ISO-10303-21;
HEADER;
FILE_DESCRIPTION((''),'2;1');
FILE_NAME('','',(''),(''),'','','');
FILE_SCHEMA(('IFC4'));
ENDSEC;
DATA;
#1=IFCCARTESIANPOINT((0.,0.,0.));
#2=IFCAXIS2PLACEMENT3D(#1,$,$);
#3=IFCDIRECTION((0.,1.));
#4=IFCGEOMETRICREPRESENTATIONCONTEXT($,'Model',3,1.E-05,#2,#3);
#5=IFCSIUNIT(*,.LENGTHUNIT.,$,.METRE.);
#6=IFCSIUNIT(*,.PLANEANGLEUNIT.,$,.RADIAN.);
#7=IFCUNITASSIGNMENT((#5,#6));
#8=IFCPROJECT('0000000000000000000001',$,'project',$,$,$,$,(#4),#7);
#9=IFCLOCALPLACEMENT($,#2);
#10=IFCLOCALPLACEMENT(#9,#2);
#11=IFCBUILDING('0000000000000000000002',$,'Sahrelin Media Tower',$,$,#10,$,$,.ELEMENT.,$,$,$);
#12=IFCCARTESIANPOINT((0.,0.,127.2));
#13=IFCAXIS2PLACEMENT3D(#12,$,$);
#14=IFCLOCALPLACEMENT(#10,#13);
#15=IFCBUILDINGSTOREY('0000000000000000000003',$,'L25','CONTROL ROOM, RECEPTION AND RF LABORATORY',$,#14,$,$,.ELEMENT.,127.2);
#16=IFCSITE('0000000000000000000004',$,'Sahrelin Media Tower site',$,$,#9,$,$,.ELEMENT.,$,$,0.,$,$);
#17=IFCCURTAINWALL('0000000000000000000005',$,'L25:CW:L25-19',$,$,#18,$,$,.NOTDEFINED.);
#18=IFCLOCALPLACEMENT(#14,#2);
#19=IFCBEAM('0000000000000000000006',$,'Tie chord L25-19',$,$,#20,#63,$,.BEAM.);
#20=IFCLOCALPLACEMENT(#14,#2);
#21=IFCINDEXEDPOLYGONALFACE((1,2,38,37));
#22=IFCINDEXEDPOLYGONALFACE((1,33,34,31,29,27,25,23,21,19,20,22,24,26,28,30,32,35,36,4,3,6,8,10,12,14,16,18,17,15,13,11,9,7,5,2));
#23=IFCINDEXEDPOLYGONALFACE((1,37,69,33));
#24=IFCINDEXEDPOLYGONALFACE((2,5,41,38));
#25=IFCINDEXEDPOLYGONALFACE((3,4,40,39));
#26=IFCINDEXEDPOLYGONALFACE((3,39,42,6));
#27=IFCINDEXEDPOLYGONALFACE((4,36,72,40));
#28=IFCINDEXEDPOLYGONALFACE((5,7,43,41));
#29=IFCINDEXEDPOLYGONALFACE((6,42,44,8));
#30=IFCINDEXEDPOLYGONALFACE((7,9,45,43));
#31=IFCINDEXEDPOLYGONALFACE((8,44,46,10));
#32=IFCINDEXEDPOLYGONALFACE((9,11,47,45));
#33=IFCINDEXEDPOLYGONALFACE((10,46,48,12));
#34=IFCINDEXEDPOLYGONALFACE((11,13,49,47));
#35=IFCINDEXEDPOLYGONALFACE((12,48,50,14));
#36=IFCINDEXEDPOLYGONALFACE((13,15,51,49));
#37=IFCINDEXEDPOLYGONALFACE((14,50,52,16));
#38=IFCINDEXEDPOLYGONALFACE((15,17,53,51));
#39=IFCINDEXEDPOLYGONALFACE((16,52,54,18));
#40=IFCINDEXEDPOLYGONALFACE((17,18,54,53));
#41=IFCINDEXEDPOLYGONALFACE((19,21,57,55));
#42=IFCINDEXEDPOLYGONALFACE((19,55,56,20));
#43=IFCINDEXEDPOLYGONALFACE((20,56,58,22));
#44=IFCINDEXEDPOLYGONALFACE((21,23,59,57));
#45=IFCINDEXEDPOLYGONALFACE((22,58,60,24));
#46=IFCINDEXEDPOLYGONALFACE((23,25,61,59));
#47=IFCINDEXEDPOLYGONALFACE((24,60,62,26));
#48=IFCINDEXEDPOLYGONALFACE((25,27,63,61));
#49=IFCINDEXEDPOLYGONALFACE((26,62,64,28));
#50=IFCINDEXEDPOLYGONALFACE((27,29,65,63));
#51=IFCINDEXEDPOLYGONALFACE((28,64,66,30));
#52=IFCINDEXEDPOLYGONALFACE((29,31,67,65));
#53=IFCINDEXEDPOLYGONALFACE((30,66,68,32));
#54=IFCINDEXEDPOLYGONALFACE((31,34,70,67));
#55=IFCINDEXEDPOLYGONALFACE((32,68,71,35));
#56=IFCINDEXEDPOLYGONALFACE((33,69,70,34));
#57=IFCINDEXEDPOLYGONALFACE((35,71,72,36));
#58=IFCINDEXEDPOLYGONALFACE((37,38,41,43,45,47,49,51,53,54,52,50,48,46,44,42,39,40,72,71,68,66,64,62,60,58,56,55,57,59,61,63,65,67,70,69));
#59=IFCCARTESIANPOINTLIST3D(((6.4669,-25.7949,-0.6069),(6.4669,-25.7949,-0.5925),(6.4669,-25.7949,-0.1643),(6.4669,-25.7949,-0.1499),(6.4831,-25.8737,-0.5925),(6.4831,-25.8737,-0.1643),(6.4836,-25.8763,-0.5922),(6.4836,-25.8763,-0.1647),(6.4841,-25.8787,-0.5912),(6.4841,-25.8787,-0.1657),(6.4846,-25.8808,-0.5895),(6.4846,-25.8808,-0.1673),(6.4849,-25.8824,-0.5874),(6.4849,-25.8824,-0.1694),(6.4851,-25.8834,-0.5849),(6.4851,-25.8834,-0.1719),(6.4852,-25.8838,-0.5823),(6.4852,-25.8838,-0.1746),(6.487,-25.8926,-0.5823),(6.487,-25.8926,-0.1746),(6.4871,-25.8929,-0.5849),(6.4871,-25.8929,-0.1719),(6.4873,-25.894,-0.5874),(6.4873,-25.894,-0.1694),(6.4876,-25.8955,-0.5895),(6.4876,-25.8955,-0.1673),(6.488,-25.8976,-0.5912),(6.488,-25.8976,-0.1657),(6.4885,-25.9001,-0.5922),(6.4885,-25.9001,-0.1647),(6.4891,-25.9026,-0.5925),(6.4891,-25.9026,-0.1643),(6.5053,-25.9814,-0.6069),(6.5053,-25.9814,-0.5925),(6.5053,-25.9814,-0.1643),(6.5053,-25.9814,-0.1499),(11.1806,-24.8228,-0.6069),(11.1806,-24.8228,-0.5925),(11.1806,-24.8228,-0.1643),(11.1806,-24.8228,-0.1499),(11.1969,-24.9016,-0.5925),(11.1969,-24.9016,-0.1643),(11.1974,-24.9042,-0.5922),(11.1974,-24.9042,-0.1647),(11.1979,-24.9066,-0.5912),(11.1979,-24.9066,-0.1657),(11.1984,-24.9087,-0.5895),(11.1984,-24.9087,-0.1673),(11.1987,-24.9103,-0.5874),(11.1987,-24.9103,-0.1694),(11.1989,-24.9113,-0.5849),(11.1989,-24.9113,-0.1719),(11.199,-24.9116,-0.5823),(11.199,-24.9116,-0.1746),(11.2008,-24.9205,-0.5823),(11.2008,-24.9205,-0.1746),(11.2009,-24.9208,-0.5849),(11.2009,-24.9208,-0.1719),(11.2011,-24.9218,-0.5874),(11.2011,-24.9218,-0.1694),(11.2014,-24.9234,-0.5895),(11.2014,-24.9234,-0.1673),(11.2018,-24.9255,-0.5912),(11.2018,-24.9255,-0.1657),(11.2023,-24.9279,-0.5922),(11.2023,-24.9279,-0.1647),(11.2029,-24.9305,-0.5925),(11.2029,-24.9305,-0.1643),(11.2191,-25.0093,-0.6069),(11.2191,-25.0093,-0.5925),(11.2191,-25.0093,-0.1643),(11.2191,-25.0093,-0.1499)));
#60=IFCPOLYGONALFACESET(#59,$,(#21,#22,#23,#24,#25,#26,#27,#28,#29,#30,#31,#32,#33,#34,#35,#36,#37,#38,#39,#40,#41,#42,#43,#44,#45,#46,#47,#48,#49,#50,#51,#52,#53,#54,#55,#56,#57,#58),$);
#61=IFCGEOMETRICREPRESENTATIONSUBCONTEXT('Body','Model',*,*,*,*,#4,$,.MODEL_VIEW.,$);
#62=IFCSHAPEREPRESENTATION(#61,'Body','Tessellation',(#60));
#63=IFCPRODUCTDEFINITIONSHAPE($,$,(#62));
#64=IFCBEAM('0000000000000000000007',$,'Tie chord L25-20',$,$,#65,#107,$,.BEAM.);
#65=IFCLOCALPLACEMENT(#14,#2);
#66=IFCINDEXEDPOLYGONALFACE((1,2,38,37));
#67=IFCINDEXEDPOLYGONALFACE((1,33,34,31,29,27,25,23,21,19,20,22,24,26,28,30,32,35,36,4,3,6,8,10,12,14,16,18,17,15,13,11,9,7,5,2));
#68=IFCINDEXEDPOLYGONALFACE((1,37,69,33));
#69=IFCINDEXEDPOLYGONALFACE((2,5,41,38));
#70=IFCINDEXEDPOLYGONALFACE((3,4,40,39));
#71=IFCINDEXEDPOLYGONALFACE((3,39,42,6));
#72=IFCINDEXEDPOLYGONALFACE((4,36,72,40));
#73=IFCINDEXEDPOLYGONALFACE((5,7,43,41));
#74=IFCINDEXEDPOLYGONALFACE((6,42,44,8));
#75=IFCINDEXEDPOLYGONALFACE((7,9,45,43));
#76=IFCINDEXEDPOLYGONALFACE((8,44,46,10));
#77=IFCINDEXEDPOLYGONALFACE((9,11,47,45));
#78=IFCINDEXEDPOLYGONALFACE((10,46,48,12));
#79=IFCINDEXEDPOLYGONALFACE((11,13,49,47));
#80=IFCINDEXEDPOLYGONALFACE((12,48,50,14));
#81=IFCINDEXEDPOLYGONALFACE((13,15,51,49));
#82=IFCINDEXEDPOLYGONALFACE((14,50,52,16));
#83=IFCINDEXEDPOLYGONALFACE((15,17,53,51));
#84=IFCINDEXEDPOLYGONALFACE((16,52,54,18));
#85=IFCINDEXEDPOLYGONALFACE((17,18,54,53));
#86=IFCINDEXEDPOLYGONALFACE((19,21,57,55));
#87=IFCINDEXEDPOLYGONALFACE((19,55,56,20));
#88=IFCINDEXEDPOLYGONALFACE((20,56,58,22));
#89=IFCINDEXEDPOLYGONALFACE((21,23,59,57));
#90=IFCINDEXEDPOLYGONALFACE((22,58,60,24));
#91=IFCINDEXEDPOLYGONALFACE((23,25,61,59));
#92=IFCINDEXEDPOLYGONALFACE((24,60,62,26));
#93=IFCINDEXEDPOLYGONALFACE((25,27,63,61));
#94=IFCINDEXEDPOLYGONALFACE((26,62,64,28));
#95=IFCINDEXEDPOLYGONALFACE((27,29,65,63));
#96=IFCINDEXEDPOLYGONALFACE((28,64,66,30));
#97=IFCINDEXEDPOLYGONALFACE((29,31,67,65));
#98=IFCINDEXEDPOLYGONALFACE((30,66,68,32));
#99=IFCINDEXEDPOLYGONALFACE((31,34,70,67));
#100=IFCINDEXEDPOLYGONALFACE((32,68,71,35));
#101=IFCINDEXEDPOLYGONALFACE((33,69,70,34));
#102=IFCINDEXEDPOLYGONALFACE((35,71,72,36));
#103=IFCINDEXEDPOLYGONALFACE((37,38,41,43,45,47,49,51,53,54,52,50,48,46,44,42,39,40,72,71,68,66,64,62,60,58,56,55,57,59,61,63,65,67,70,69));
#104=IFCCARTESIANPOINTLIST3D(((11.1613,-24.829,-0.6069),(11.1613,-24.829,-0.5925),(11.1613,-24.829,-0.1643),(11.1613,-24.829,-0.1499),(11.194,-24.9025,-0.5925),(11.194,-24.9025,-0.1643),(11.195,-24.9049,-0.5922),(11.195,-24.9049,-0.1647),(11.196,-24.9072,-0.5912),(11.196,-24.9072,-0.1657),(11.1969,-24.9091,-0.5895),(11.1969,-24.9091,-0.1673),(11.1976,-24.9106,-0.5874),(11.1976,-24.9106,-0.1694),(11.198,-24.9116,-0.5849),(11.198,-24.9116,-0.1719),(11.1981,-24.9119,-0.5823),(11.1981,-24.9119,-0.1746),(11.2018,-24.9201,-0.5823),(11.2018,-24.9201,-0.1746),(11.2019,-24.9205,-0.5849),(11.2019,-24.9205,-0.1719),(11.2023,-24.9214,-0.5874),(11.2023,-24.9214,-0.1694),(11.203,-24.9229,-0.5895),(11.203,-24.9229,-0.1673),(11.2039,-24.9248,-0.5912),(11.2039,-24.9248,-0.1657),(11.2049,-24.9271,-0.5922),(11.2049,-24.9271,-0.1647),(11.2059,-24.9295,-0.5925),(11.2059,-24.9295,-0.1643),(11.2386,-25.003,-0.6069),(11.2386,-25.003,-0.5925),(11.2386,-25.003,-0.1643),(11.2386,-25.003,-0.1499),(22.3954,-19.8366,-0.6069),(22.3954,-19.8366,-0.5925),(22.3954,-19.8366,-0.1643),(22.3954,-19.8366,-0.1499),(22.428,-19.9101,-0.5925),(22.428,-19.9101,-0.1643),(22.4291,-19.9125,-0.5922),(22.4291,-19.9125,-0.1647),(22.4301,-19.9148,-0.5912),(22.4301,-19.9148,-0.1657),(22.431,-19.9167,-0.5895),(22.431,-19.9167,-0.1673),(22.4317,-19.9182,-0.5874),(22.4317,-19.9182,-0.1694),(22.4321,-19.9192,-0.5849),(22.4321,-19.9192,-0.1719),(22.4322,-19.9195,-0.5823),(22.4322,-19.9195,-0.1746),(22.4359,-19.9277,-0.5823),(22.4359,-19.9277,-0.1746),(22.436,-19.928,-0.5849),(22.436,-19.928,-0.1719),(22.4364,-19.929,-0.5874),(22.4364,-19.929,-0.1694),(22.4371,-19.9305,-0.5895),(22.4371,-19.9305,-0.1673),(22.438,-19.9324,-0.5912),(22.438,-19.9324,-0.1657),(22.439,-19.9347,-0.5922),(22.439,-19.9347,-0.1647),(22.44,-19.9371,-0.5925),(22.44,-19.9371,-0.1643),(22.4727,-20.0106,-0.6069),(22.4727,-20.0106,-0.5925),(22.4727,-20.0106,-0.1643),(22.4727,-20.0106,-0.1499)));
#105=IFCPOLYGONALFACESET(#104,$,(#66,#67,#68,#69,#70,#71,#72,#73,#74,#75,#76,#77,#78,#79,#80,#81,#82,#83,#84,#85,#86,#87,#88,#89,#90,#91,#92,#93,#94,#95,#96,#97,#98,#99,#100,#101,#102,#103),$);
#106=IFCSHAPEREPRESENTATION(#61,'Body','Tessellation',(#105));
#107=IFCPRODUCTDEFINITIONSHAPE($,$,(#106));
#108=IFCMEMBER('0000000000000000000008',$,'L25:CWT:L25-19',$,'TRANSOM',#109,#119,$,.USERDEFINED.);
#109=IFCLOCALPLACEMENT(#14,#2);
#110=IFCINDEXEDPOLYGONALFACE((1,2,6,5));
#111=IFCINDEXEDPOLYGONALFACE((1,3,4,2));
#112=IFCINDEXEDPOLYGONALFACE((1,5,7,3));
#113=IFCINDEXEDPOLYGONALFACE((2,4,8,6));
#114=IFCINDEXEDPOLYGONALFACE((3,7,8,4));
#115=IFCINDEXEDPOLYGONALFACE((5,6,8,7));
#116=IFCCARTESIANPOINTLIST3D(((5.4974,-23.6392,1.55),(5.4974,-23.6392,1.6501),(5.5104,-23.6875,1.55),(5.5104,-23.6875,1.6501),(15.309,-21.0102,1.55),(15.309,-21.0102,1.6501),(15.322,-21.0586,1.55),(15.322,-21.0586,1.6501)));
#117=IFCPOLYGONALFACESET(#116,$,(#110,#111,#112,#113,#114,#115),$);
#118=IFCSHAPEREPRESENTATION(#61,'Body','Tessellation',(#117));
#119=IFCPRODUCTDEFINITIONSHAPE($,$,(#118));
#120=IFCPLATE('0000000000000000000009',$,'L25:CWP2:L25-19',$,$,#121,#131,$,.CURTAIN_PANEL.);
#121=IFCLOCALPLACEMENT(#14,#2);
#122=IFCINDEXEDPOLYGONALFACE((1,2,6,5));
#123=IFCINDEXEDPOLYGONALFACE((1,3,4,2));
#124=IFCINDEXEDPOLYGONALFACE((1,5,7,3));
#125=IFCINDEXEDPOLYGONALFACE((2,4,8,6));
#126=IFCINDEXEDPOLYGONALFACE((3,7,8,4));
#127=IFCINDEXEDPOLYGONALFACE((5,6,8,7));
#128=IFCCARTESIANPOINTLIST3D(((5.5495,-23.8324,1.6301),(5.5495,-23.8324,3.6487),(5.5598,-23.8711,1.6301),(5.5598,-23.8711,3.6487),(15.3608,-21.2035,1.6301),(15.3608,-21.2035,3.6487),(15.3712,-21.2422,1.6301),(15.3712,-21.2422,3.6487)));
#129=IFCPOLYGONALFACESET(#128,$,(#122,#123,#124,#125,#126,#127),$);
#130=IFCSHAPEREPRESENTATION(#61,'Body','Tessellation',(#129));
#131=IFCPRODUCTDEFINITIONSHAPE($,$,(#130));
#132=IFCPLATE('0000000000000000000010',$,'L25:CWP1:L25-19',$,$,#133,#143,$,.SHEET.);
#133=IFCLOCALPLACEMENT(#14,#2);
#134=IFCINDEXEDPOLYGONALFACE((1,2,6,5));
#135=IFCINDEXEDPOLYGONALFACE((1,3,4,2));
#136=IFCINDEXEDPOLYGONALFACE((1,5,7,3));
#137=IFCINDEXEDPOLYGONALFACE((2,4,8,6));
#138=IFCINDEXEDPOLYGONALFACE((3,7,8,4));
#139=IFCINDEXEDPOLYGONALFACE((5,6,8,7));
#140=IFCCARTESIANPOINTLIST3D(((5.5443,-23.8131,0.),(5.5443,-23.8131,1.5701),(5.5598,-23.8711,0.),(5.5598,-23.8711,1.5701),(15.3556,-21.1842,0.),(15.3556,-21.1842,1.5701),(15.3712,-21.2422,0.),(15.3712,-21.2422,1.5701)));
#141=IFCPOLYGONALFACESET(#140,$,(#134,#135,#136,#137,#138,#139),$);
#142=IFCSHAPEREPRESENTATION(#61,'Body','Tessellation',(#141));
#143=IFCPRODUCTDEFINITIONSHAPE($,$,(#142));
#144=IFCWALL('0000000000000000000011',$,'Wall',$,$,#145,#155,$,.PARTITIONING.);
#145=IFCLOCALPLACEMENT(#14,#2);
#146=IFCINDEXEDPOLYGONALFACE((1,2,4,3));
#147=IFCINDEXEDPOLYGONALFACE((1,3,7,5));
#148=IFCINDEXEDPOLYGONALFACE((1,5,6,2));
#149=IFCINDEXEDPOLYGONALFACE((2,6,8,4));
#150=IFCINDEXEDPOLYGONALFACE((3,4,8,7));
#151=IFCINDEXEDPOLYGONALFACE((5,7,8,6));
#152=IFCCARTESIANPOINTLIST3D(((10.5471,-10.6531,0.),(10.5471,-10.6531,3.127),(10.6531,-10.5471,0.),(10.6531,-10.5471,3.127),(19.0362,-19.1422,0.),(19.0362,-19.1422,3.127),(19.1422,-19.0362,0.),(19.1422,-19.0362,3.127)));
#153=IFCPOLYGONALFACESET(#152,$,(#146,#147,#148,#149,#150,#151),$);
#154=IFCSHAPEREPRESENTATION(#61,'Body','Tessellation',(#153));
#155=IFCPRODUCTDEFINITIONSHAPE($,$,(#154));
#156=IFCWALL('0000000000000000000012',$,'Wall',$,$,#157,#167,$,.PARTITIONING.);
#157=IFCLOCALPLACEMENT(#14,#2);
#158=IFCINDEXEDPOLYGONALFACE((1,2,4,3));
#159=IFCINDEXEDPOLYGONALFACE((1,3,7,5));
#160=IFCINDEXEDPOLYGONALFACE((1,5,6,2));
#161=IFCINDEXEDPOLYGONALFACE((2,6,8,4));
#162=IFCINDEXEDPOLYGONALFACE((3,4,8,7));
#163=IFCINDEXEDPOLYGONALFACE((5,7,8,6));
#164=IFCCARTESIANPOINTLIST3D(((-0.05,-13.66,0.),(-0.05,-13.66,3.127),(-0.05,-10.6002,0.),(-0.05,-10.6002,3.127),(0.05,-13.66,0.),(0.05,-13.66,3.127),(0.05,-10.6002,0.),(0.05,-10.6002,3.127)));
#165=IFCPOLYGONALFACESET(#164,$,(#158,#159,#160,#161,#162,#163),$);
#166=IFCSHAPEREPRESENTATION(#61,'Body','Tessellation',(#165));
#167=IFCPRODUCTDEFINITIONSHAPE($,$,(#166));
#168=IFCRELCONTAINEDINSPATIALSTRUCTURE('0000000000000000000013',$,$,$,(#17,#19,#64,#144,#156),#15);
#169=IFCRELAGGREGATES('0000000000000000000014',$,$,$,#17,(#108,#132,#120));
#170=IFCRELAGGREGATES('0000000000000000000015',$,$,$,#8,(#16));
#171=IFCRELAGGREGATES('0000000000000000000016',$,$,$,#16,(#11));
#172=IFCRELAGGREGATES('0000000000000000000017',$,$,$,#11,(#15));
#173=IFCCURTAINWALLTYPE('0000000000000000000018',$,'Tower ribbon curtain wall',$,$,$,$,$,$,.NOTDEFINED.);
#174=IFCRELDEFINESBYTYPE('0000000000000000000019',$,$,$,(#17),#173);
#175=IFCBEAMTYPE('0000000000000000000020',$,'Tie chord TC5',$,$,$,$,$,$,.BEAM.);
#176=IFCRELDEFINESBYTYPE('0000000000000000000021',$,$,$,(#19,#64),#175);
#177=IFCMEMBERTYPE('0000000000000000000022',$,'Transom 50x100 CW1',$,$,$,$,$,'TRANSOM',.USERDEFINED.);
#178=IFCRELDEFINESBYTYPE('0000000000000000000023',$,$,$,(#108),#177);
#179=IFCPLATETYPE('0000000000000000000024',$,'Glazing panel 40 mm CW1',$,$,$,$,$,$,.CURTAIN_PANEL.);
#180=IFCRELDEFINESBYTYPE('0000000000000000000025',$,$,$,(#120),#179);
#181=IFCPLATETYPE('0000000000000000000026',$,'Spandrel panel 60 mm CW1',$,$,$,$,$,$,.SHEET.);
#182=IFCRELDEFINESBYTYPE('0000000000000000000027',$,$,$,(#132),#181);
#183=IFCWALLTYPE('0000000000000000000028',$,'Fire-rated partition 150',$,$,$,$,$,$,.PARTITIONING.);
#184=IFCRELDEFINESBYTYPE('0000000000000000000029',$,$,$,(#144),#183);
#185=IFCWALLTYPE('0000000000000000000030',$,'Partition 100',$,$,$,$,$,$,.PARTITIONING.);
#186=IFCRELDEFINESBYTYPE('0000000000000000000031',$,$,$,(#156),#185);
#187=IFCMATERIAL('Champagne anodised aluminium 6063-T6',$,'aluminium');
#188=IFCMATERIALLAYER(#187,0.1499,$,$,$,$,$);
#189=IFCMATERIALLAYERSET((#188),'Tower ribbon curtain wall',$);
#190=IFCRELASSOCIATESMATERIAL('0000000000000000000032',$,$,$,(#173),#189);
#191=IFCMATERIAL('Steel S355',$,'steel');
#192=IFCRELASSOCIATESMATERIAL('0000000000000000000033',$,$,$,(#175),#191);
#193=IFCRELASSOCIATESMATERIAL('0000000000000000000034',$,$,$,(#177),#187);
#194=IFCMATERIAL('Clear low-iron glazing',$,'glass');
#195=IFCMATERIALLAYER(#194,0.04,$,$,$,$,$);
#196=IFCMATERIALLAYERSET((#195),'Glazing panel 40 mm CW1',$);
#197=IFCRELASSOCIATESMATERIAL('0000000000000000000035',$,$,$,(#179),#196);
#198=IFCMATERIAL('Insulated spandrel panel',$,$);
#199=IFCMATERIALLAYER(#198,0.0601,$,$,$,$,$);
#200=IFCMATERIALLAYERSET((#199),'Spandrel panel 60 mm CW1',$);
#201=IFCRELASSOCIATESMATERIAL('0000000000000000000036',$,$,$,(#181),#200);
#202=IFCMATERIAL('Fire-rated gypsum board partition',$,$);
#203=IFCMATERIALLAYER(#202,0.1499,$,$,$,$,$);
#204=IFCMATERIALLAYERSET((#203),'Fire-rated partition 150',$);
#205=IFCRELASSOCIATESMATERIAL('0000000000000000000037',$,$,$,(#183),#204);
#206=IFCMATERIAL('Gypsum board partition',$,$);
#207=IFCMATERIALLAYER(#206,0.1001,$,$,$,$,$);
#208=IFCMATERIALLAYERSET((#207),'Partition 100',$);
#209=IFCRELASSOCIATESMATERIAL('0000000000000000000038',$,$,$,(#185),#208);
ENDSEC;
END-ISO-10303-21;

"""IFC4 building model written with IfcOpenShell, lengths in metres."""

from ifc_helpers import new_model, si_unit, direction, frame, frame_2d, origin, origin_2d, place, context, subcontext, project, spatial, polyline, rectangle, i_section, outline, extrude, material, layer, layer_set, material_profile, profile_set, type_object, element, aggregate, save


model = new_model("IFC4")

# Units and contexts
model_context = context("Model", 3, precision=1e-05, world=origin(), true_north=direction((0.0, 1.0)))
body_context = subcontext(model_context, "Body", "Model", "MODEL_VIEW")
ifc_project = project(units=[si_unit("LENGTHUNIT", "METRE"), si_unit("PLANEANGLEUNIT", "RADIAN")], contexts=[model_context])

# Site, building, storey
site_placement = place(None, origin())
site = spatial("IfcSite", under=ifc_project, at=site_placement, Name="Sahrelin Media Tower site", CompositionType="ELEMENT", RefElevation=0.0)
building_placement = place(site_placement, origin())
building = spatial("IfcBuilding", under=site, at=building_placement, Name="Sahrelin Media Tower", CompositionType="ELEMENT")
storey_placement = place(building_placement, frame((0.0, 0.0, 127.2)))
storey = spatial("IfcBuildingStorey", under=building, at=storey_placement, Name="L25", Description="CONTROL ROOM, RECEPTION AND RF LABORATORY", CompositionType="ELEMENT", Elevation=127.2)

# Shared definitions
ifc_material_1 = material(Name="Steel S355", Category="steel")

# Curtain wall
ifc_material_2 = material(Name="Champagne anodised aluminium 6063-T6", Category="aluminium")
ifc_layer_1 = layer(ifc_material_2, 0.1499)
ifc_layer_set_1 = layer_set([ifc_layer_1], Name="Tower ribbon curtain wall")
curtain_wall_type = type_object("IfcCurtainWallType", Name="Tower ribbon curtain wall", PredefinedType="NOTDEFINED", material=ifc_layer_set_1)
curtain_wall_1_placement = place(storey_placement, frame((10.4602, -22.5374, 0.0), z_axis=(0.0, 0.0, 1.0), x_axis=(1.0, 0.0, 0.0)))
curtain_wall_1 = element("IfcCurtainWall", 1, at=curtain_wall_1_placement, inside=storey, type_object=curtain_wall_type, Name="L25:CW:L25-19", PredefinedType="NOTDEFINED")

# Beams
ifc_material_profile_1 = material_profile(ifc_material_1, i_section(OverallWidth=0.1904, OverallDepth=0.457, WebThickness=0.009, FlangeThickness=0.0144, FilletRadius=0.0103, at=origin_2d()), Name="UB 457x191x74")
ifc_profile_set_1 = profile_set([ifc_material_profile_1], Name="Steel S355")
beam_type_1 = type_object("IfcBeamType", Name="Tie chord TC5", PredefinedType="BEAM", material=ifc_profile_set_1)
beam_1_placement = place(storey_placement, frame((6.4861, -25.8882, -0.3784), z_axis=(0.979389, 0.201985, 0.0), x_axis=(-0.201985, 0.979389, 0.0)))
element("IfcBeam", 2, at=beam_1_placement, inside=storey, type_object=beam_type_1, Name="Tie chord L25-19", PredefinedType="BEAM", context=body_context, shape_type="SweptSolid", body=[
    extrude(i_section(OverallWidth=0.1904, OverallDepth=0.457, WebThickness=0.009, FlangeThickness=0.0144, FilletRadius=0.0103, at=origin_2d()), origin(), (0.0, 0.0, 1.0), 4.813),
])
beam_2_placement = place(storey_placement, frame((11.2, -24.916, -0.3784), z_axis=(0.913827, 0.406103, 0.0), x_axis=(-0.406103, 0.913827, 0.0)))
element("IfcBeam", 3, at=beam_2_placement, inside=storey, type_object=beam_type_1, Name="Tie chord L25-20", PredefinedType="BEAM", context=body_context, shape_type="SweptSolid", body=[
    extrude(i_section(OverallWidth=0.1904, OverallDepth=0.457, WebThickness=0.009, FlangeThickness=0.0144, FilletRadius=0.0103, at=origin_2d()), origin(), (0.0, 0.0, 1.0), 12.2935),
])

# Member
ifc_material_profile_2 = material_profile(ifc_material_2, rectangle(XDim=0.05, YDim=0.1001, at=origin_2d()), Name="Transom 50x100")
ifc_profile_set_2 = profile_set([ifc_material_profile_2], Name="Champagne anodised aluminium 6063-T6")
member_type_1 = type_object("IfcMemberType", Name="Transom 50x100 CW1", ElementType="TRANSOM", PredefinedType="USERDEFINED", material=ifc_profile_set_2)
member_1_placement = place(storey_placement, frame((5.5039, -23.6633, 1.6001), z_axis=(0.965928, 0.258811, 0.0), x_axis=(-0.258811, 0.965928, 0.0)))
member_1 = element("IfcMember", 4, at=member_1_placement, type_object=member_type_1, Name="L25:CWT:L25-19", ObjectType="TRANSOM", PredefinedType="USERDEFINED", context=body_context, shape_type="SweptSolid", body=[
    extrude(rectangle(XDim=0.05, YDim=0.1001, at=origin_2d()), origin(), (0.0, 0.0, 1.0), 10.1577),
])

# Plates
ifc_material_3 = material(Name="Clear low-iron glazing", Category="glass")
ifc_layer_2 = layer(ifc_material_3, 0.04)
ifc_layer_set_2 = layer_set([ifc_layer_2], Name="Glazing panel 40 mm CW1")
plate_type_1 = type_object("IfcPlateType", Name="Glazing panel 40 mm CW1", PredefinedType="CURTAIN_PANEL", material=ifc_layer_set_2)
plate_1_placement = place(storey_placement, frame((5.5598, -23.8711, 1.6301), z_axis=(0.258817, -0.965926, 0.0), x_axis=(0.965926, 0.258817, 0.0)))
plate_1 = element("IfcPlate", 5, at=plate_1_placement, type_object=plate_type_1, Name="L25:CWP2:L25-19", PredefinedType="CURTAIN_PANEL", context=body_context, shape_type="SweptSolid", body=[
    extrude(outline(polyline([(0.0, 0.0), (10.1575, 0.0), (10.1575, 2.0186), (0.0, 2.0186), (0.0, 0.0)])), origin(), (0.0, 0.0, -1.0), 0.04),
])
ifc_material_4 = material(Name="Insulated spandrel panel")
ifc_layer_3 = layer(ifc_material_4, 0.0601)
ifc_layer_set_3 = layer_set([ifc_layer_3], Name="Spandrel panel 60 mm CW1")
plate_type_2 = type_object("IfcPlateType", Name="Spandrel panel 60 mm CW1", PredefinedType="SHEET", material=ifc_layer_set_3)
plate_2_placement = place(storey_placement, frame((5.5598, -23.8711, 0.0), z_axis=(0.258817, -0.965926, 0.0), x_axis=(0.965926, 0.258817, 0.0)))
plate_2 = element("IfcPlate", 6, at=plate_2_placement, type_object=plate_type_2, Name="L25:CWP1:L25-19", PredefinedType="SHEET", context=body_context, shape_type="SweptSolid", body=[
    extrude(outline(polyline([(0.0, 0.0), (10.1575, 0.0), (10.1575, 1.5701), (0.0, 1.5701), (0.0, 0.0)])), origin(), (0.0, 0.0, -1.0), 0.0601),
])
aggregate(curtain_wall_1, [member_1, plate_2, plate_1])

# Walls
ifc_material_5 = material(Name="Fire-rated gypsum board partition")
ifc_layer_4 = layer(ifc_material_5, 0.1499)
ifc_layer_set_4 = layer_set([ifc_layer_4], Name="Fire-rated partition 150")
wall_type_1 = type_object("IfcWallType", Name="Fire-rated partition 150", PredefinedType="PARTITIONING", material=ifc_layer_set_4)
wall_1_placement = place(storey_placement, frame((10.6001, -10.6001, 0.0), z_axis=(0.0, 0.0, 1.0), x_axis=(0.707107, -0.707107, 0.0)))
element("IfcWall", 7, at=wall_1_placement, inside=storey, type_object=wall_type_1, Name="Wall", PredefinedType="PARTITIONING", context=body_context, shape_type="SweptSolid", body=[
    extrude(rectangle(XDim=12.0054, YDim=0.1499, at=frame_2d((6.0027, 0.0))), origin(), (0.0, 0.0, 1.0), 3.127),
])
ifc_material_6 = material(Name="Gypsum board partition")
ifc_layer_5 = layer(ifc_material_6, 0.1001)
ifc_layer_set_5 = layer_set([ifc_layer_5], Name="Partition 100")
wall_type_2 = type_object("IfcWallType", Name="Partition 100", PredefinedType="PARTITIONING", material=ifc_layer_set_5)
wall_2_placement = place(storey_placement, frame((0.0, -13.6599, 0.0), z_axis=(0.0, 0.0, 1.0), x_axis=(0.0, 1.0, 0.0)))
element("IfcWall", 8, at=wall_2_placement, inside=storey, type_object=wall_type_2, Name="Wall", PredefinedType="PARTITIONING", context=body_context, shape_type="SweptSolid", body=[
    extrude(rectangle(XDim=3.0598, YDim=0.1001, at=frame_2d((1.5298, 0.0))), origin(), (0.0, 0.0, 1.0), 3.127),
])

save(model, "model.ifc")
